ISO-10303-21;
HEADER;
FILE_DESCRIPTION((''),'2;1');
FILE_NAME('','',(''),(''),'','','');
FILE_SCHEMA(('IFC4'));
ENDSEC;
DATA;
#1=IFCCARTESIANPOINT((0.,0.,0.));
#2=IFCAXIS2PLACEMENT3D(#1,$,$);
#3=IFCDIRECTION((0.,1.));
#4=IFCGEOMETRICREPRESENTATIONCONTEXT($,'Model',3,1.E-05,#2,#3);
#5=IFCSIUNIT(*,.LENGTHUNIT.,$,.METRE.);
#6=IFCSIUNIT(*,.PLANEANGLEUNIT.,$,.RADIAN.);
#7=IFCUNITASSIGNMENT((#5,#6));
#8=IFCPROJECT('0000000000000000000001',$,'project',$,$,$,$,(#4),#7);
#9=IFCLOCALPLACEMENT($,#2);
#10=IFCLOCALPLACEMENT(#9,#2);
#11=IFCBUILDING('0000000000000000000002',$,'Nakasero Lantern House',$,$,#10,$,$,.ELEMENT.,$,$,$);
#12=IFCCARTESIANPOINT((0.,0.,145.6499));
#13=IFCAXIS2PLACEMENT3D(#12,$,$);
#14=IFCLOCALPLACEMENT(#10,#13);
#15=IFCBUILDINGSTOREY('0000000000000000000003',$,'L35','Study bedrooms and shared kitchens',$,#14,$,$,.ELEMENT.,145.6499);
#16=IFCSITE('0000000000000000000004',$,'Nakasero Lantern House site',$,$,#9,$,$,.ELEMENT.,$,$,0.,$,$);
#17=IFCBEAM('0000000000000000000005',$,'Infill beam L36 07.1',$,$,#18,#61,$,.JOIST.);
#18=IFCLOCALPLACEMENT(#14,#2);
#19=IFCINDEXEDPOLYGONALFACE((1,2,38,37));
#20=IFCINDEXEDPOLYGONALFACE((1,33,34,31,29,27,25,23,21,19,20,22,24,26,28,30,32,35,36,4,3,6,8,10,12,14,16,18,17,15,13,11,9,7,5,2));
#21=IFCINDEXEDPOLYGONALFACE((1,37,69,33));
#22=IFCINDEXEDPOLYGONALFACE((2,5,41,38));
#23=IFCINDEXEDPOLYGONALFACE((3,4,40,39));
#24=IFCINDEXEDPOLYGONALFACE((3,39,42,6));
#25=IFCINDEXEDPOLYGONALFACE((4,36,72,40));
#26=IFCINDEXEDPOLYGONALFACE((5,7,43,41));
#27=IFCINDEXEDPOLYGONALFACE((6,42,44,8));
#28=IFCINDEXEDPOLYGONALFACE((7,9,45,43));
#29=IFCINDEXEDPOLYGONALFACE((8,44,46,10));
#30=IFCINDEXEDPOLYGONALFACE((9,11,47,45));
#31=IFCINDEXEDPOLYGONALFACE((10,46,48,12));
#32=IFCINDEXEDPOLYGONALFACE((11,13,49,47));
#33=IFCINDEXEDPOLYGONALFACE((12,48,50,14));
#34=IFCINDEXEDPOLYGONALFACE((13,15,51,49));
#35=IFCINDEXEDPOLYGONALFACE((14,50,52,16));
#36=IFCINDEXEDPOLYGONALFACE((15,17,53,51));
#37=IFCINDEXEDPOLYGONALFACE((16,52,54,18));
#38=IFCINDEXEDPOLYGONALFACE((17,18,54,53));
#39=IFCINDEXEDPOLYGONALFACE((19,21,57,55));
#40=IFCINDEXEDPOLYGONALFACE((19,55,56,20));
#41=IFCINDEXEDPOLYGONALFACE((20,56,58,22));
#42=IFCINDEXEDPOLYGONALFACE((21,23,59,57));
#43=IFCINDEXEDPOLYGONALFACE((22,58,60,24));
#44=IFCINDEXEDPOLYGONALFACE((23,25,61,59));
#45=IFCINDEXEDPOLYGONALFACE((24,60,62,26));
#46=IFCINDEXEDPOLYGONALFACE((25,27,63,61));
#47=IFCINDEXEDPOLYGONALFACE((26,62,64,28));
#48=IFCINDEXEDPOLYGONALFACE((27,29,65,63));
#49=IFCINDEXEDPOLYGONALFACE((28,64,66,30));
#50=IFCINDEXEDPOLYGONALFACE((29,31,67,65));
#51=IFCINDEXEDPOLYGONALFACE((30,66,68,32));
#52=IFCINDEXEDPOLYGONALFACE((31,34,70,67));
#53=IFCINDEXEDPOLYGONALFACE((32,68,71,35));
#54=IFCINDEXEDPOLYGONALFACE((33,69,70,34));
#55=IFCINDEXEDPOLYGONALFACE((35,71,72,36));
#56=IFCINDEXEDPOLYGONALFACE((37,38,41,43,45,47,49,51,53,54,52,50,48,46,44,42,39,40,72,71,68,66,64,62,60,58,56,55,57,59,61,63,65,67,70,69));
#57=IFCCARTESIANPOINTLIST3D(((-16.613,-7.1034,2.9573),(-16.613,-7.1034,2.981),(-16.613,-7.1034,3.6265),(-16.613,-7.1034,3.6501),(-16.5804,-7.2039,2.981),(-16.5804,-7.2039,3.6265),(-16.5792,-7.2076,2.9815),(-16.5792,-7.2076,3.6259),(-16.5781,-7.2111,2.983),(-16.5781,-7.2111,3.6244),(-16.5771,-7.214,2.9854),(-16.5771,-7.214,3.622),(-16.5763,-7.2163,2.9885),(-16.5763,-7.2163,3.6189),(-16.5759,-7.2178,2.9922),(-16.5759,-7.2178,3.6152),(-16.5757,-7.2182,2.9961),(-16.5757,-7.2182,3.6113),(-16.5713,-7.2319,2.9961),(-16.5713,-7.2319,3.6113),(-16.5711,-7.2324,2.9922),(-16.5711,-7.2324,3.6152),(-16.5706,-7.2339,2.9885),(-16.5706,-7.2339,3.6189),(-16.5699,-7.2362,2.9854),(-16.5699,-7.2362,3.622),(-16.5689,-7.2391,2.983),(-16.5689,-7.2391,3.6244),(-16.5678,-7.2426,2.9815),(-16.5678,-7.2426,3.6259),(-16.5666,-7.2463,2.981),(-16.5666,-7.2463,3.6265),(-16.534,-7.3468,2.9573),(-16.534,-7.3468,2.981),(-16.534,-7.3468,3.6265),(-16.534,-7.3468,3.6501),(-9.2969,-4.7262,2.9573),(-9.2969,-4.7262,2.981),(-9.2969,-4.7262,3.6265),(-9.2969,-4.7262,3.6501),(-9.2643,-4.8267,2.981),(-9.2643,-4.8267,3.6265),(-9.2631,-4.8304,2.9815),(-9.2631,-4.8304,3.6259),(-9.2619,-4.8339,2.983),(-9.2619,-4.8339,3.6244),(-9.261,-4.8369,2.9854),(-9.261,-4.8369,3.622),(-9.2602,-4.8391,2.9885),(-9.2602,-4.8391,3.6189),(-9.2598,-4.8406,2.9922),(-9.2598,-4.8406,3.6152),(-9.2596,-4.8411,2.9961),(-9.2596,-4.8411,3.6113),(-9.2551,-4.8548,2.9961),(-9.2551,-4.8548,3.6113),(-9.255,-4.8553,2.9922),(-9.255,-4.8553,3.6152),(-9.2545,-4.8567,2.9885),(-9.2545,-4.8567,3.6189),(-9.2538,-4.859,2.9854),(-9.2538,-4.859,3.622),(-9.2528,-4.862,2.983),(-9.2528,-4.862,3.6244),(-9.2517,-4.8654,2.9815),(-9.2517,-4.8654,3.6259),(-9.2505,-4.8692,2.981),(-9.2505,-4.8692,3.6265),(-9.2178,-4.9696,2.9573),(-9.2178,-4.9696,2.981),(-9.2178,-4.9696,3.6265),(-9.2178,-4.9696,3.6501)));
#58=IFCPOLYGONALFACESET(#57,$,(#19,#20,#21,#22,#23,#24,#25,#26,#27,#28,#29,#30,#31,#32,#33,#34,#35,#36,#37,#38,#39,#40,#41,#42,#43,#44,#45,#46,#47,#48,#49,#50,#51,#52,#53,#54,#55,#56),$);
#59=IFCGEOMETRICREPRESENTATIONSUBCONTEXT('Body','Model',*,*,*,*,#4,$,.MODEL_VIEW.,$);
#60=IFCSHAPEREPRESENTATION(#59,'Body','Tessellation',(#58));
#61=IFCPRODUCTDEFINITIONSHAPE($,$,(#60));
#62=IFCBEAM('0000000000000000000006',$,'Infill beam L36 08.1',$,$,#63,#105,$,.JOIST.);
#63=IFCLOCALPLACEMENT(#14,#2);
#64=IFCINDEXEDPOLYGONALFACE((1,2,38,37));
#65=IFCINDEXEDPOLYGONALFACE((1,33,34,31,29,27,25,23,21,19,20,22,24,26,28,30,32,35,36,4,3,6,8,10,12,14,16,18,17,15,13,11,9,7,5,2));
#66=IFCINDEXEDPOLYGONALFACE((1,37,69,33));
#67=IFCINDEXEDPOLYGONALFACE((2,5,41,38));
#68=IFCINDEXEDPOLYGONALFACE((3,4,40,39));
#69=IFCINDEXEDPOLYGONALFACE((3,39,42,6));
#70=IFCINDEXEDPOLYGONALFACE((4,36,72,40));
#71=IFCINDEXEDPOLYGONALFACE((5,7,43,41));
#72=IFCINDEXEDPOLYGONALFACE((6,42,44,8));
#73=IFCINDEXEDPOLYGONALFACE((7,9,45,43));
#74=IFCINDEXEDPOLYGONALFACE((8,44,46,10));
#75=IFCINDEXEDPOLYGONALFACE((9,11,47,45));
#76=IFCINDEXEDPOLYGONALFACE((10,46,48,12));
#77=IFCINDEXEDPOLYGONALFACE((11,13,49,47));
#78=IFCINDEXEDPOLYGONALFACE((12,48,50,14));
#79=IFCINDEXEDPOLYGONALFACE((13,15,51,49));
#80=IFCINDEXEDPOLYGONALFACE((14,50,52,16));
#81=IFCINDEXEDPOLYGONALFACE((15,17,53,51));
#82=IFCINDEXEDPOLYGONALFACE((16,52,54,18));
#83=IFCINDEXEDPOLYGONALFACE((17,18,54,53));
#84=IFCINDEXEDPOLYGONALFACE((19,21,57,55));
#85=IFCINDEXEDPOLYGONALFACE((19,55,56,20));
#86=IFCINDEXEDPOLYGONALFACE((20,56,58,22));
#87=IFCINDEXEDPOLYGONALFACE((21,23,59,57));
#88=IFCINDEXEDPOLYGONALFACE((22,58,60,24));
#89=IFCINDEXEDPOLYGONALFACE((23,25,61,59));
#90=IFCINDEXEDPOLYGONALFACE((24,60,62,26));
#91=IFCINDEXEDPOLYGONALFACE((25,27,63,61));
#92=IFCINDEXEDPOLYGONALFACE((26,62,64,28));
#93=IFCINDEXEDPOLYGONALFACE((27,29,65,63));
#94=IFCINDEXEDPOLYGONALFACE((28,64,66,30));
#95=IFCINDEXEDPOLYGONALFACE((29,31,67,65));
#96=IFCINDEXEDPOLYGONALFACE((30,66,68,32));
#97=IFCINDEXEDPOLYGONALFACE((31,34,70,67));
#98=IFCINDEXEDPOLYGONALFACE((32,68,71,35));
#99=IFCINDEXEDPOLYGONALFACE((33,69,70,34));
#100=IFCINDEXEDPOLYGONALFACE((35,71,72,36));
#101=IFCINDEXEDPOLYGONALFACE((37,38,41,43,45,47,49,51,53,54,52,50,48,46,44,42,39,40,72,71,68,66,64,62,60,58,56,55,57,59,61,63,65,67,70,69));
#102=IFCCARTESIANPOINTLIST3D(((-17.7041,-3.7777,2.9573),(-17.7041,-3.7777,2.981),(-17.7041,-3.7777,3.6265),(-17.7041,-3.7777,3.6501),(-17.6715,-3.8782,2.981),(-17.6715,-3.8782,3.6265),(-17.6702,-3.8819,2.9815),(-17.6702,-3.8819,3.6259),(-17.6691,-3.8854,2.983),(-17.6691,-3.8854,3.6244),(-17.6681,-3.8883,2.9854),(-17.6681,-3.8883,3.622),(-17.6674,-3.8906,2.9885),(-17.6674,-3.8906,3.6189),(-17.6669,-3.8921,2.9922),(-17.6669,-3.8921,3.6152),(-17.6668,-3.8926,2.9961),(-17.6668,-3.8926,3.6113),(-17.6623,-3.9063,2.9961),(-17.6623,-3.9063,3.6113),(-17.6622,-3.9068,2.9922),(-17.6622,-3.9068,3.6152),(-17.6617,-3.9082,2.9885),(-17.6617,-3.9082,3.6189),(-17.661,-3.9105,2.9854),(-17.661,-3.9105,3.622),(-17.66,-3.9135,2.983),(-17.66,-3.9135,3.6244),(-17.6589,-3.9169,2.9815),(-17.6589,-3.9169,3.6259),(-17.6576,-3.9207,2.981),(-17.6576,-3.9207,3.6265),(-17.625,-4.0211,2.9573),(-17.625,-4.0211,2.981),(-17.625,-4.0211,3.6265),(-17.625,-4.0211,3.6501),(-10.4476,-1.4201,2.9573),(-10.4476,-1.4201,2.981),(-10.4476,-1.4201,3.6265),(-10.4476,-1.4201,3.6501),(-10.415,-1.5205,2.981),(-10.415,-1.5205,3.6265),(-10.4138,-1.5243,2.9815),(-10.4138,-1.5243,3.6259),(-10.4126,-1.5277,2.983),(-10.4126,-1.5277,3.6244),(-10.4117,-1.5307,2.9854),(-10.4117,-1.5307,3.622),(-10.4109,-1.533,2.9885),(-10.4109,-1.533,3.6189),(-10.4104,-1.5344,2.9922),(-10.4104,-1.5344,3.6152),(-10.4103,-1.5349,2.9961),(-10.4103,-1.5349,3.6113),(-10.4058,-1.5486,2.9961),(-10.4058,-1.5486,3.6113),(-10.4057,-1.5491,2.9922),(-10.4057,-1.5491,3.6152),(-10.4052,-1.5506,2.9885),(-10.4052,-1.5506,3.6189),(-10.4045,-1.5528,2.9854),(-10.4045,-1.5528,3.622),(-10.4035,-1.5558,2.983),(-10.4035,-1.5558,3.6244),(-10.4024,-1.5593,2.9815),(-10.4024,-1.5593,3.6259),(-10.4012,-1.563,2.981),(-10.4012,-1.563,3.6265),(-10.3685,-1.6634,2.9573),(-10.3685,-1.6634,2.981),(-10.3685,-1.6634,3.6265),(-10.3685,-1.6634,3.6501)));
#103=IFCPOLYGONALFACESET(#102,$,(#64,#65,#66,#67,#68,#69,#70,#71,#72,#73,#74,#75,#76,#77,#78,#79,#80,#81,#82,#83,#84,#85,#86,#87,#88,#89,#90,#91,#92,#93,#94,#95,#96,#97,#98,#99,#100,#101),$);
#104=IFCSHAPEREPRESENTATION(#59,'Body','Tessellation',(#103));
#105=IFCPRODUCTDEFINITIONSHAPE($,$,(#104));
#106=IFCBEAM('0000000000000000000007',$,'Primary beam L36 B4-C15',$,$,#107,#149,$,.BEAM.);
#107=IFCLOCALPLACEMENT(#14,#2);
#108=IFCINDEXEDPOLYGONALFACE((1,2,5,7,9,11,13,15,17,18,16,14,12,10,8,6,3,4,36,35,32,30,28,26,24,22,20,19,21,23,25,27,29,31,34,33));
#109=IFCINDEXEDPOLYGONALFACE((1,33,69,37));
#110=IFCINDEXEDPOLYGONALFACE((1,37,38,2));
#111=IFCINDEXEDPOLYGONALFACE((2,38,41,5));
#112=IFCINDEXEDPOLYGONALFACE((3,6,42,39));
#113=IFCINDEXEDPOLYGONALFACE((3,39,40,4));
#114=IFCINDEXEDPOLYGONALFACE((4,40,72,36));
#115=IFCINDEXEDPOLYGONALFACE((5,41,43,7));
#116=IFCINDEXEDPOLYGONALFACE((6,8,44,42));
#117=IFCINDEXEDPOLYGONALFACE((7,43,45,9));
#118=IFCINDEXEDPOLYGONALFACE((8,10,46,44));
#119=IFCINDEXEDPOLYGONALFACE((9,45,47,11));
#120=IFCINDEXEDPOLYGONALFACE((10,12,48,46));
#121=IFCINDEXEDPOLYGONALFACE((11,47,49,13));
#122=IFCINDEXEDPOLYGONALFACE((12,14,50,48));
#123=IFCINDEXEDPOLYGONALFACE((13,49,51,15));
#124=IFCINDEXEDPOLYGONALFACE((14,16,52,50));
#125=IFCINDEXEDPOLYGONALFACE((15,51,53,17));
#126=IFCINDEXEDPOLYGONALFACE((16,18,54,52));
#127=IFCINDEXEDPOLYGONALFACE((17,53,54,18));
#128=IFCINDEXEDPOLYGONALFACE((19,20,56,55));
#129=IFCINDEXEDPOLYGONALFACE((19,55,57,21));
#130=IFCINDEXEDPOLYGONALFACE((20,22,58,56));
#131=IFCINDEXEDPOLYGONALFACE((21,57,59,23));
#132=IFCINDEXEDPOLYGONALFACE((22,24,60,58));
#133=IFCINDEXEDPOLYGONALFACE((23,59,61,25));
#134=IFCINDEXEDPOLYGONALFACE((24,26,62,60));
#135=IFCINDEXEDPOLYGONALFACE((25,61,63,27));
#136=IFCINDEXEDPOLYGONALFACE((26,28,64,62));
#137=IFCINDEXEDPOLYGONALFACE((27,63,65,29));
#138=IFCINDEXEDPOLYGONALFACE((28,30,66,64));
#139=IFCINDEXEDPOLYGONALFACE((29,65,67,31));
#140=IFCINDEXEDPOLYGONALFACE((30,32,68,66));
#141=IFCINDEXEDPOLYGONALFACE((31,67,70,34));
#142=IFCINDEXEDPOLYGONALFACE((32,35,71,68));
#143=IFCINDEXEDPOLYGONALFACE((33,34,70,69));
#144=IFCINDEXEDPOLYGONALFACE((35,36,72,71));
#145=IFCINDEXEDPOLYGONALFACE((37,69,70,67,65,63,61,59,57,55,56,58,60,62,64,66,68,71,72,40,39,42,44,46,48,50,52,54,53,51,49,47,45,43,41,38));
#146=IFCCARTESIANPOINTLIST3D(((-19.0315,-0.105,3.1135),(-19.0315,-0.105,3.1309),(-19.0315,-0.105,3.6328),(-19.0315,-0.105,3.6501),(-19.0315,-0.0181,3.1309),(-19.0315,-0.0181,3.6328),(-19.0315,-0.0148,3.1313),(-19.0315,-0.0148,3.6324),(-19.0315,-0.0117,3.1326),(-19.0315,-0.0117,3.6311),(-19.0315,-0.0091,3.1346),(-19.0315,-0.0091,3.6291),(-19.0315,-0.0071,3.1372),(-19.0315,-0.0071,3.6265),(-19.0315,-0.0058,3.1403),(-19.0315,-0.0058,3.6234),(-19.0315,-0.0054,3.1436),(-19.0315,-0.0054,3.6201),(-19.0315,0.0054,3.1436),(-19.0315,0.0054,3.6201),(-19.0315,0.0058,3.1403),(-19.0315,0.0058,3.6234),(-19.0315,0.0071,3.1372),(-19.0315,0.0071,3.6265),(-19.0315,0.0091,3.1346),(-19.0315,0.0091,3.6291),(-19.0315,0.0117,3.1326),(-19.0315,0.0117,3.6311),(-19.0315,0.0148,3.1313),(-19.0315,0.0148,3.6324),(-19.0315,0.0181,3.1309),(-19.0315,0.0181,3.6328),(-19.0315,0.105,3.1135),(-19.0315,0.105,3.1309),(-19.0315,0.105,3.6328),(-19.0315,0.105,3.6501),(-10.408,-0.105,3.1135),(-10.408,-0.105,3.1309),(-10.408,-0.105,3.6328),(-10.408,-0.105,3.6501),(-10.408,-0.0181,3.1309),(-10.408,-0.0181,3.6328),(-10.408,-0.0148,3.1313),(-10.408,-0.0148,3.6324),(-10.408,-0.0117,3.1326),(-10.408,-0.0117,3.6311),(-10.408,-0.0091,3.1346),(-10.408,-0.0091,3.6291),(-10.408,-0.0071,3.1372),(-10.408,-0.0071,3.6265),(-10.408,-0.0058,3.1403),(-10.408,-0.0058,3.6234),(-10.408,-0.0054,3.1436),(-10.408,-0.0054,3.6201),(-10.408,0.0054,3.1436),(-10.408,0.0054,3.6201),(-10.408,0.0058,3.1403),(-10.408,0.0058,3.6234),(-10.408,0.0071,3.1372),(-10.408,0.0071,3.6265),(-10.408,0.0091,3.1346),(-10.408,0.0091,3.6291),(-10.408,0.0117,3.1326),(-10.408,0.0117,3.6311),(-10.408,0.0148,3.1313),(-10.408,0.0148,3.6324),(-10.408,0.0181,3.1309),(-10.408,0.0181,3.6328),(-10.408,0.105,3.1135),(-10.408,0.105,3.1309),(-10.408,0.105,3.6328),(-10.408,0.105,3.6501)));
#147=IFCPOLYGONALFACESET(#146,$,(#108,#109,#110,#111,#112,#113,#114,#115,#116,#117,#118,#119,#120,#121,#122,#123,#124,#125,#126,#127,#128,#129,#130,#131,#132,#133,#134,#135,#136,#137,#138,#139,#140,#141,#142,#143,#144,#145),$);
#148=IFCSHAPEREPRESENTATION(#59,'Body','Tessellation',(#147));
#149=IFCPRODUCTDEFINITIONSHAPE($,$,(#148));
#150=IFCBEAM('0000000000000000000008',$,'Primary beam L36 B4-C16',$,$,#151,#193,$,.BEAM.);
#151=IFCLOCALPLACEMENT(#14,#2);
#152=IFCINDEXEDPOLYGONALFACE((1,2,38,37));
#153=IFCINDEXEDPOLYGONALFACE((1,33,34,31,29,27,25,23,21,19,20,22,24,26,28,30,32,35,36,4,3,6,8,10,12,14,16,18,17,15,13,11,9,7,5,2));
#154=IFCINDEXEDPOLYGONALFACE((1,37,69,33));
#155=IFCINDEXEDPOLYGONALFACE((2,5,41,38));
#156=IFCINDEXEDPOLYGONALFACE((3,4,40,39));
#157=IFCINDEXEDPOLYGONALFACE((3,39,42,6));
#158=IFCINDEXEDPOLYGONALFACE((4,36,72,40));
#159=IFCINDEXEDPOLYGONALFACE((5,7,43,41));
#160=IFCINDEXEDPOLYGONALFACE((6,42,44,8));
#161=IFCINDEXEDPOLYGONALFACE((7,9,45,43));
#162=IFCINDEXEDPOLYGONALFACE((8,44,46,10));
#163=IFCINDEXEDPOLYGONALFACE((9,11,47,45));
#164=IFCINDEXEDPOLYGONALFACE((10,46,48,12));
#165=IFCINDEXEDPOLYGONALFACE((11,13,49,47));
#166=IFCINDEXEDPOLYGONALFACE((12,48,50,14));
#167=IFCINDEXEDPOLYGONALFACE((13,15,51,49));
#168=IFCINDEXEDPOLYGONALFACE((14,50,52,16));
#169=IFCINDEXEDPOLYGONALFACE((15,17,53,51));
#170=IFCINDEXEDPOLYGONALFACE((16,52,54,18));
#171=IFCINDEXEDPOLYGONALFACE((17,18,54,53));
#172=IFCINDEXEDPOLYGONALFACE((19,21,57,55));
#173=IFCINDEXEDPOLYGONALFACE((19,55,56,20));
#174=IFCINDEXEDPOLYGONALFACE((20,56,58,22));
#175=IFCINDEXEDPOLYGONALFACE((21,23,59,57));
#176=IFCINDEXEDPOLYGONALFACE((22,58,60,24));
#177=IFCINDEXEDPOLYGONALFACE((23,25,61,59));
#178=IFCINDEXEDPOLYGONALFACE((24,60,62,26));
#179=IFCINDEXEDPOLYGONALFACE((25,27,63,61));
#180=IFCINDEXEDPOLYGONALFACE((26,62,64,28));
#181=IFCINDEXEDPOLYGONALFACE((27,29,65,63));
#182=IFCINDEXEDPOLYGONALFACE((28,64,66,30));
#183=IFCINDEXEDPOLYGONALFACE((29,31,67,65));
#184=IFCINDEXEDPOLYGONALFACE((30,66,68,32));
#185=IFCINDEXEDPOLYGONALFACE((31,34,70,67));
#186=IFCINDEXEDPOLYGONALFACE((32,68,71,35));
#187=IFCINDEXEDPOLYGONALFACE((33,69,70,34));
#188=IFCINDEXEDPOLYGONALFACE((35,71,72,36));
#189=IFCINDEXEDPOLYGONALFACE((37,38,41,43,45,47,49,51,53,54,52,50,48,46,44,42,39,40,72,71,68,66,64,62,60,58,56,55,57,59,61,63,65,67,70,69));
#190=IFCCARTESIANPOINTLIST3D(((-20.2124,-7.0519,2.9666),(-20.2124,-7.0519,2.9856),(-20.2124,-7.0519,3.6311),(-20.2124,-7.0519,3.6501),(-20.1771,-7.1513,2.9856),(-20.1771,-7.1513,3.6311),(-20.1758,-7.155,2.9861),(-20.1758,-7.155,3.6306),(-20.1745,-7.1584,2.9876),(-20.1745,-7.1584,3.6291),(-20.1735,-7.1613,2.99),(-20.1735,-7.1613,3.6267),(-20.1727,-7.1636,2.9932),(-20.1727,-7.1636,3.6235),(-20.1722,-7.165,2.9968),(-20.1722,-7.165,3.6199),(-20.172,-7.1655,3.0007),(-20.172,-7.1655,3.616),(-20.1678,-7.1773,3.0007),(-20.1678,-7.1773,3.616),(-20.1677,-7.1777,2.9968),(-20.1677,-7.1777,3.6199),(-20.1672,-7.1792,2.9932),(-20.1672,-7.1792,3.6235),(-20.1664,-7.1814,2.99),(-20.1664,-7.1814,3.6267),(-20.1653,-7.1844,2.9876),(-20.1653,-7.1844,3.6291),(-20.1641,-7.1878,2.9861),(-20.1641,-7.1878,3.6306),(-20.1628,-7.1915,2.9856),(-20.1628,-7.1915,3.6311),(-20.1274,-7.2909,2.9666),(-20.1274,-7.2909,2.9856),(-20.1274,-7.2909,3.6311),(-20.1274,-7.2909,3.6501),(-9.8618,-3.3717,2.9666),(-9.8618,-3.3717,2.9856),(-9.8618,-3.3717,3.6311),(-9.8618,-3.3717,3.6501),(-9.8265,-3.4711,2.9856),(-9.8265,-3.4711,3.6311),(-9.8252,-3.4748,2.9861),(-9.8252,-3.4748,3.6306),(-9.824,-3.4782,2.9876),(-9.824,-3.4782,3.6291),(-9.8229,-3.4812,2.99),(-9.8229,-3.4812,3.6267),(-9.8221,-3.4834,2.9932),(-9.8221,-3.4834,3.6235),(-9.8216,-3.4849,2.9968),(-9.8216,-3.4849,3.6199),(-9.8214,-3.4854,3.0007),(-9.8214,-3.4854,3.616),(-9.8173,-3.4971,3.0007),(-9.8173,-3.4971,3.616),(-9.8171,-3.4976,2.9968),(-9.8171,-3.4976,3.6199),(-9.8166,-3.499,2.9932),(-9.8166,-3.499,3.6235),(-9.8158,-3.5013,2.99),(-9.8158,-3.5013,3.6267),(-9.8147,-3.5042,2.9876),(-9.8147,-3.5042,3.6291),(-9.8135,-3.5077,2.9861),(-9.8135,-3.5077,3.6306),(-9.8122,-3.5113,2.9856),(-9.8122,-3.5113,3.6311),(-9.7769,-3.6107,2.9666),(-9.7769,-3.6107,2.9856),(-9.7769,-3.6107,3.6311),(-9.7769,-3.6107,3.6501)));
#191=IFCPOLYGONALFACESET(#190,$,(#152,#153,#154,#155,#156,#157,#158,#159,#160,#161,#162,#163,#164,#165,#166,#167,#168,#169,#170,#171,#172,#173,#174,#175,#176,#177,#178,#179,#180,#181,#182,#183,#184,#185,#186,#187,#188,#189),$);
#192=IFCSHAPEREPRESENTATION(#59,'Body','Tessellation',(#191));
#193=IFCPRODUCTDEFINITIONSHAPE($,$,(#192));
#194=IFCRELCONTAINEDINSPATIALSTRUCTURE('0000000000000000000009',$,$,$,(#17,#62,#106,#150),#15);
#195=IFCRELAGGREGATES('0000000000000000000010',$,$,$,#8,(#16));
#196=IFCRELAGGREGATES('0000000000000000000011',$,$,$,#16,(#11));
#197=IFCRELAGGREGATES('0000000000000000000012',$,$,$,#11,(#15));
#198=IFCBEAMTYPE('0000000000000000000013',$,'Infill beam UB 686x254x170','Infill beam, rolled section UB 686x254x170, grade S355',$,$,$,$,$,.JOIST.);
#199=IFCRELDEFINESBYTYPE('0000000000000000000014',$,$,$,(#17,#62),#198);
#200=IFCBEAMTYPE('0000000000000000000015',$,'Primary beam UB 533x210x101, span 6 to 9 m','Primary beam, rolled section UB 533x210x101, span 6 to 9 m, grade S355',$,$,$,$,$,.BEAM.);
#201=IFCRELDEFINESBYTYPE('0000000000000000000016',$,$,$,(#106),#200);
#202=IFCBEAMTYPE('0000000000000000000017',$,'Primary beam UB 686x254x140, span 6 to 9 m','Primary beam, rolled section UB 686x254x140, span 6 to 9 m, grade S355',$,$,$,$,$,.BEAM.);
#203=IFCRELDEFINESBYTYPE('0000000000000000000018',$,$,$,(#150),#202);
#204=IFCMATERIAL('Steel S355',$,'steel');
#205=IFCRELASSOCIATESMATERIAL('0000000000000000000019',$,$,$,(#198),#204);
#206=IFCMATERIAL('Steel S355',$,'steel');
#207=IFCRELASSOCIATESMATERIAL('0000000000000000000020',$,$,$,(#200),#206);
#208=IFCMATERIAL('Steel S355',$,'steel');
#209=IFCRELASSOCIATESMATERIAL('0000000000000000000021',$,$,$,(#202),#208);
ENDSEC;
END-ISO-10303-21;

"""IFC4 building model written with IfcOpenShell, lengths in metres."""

from ifc_helpers import new_model, si_unit, direction, frame, origin, origin_2d, place, context, subcontext, project, spatial, i_section, extrude, material, material_profile, profile_set, type_object, element, save


model = new_model("IFC4")

# Units and contexts
model_context = context("Model", 3, precision=1e-05, world=origin(), true_north=direction((0.0, 1.0)))
body_context = subcontext(model_context, "Body", "Model", "MODEL_VIEW")
ifc_project = project(units=[si_unit("LENGTHUNIT", "METRE"), si_unit("PLANEANGLEUNIT", "RADIAN")], contexts=[model_context])

# Site, building, storey
site_placement = place(None, origin())
site = spatial("IfcSite", under=ifc_project, at=site_placement, Name="Nakasero Lantern House site", CompositionType="ELEMENT", RefElevation=0.0)
building_placement = place(site_placement, origin())
building = spatial("IfcBuilding", under=site, at=building_placement, Name="Nakasero Lantern House", CompositionType="ELEMENT")
storey_placement = place(building_placement, frame((0.0, 0.0, 145.6499)))
storey = spatial("IfcBuildingStorey", under=building, at=storey_placement, Name="L35", Description="Study bedrooms and shared kitchens", CompositionType="ELEMENT", Elevation=145.6499)

# Beams
ifc_material_1 = material(Name="Steel S355", Category="steel")
ifc_material_profile_1 = material_profile(ifc_material_1, i_section(OverallWidth=0.2559, OverallDepth=0.6929, WebThickness=0.0144, FlangeThickness=0.0237, FilletRadius=0.0151, at=origin_2d()), Name="UB 686x254x170")
ifc_profile_set_1 = profile_set([ifc_material_profile_1], Name="Steel S355")
beam_type_1 = type_object("IfcBeamType", Name="Infill beam UB 686x254x170", Description="Infill beam, rolled section UB 686x254x170, grade S355", PredefinedType="JOIST", material=ifc_profile_set_1)
beam_1_placement = place(storey_placement, frame((-16.5735, -7.2251, 3.3037), z_axis=(0.951055, 0.309021, 0.0), x_axis=(-0.309021, 0.951055, 0.0)))
element("IfcBeam", 1, at=beam_1_placement, inside=storey, type_object=beam_type_1, Name="Infill beam L36 07.1", PredefinedType="JOIST", context=body_context, shape_type="SweptSolid", body=[
    extrude(i_section(OverallWidth=0.2559, OverallDepth=0.6929, WebThickness=0.0144, FlangeThickness=0.0237, FilletRadius=0.0151, at=origin_2d()), origin(), (0.0, 0.0, 1.0), 7.6926),
])
beam_2_placement = place(storey_placement, frame((-17.6646, -3.8994, 3.3037), z_axis=(0.951062, 0.309, 0.0), x_axis=(-0.309, 0.951062, 0.0)))
element("IfcBeam", 2, at=beam_2_placement, inside=storey, type_object=beam_type_1, Name="Infill beam L36 08.1", PredefinedType="JOIST", context=body_context, shape_type="SweptSolid", body=[
    extrude(i_section(OverallWidth=0.2559, OverallDepth=0.6929, WebThickness=0.0144, FlangeThickness=0.0237, FilletRadius=0.0151, at=origin_2d()), origin(), (0.0, 0.0, 1.0), 7.6299),
])
ifc_material_2 = material(Name="Steel S355", Category="steel")
ifc_material_profile_2 = material_profile(ifc_material_2, i_section(OverallWidth=0.21, OverallDepth=0.5366, WebThickness=0.0107, FlangeThickness=0.0173, FilletRadius=0.0127, at=origin_2d()), Name="UB 533x210x101")
ifc_profile_set_2 = profile_set([ifc_material_profile_2], Name="Steel S355")
beam_type_2 = type_object("IfcBeamType", Name="Primary beam UB 533x210x101, span 6 to 9 m", Description="Primary beam, rolled section UB 533x210x101, span 6 to 9 m, grade S355", PredefinedType="BEAM", material=ifc_profile_set_2)
beam_3_placement = place(storey_placement, frame((-19.0315, 0.0, 3.3818), z_axis=(1.0, 0.0, 0.0), x_axis=(0.0, 1.0, 0.0)))
element("IfcBeam", 3, at=beam_3_placement, inside=storey, type_object=beam_type_2, Name="Primary beam L36 B4-C15", PredefinedType="BEAM", context=body_context, shape_type="SweptSolid", body=[
    extrude(i_section(OverallWidth=0.21, OverallDepth=0.5366, WebThickness=0.0107, FlangeThickness=0.0173, FilletRadius=0.0127, at=origin_2d()), origin(), (0.0, 0.0, 1.0), 8.6235),
])
ifc_material_3 = material(Name="Steel S355", Category="steel")
ifc_material_profile_3 = material_profile(ifc_material_3, i_section(OverallWidth=0.2537, OverallDepth=0.6836, WebThickness=0.0125, FlangeThickness=0.019, FilletRadius=0.0151, at=origin_2d()), Name="UB 686x254x140")
ifc_profile_set_3 = profile_set([ifc_material_profile_3], Name="Steel S355")
beam_type_3 = type_object("IfcBeamType", Name="Primary beam UB 686x254x140, span 6 to 9 m", Description="Primary beam, rolled section UB 686x254x140, span 6 to 9 m, grade S355", PredefinedType="BEAM", material=ifc_profile_set_3)
beam_4_placement = place(storey_placement, frame((-20.1699, -7.1714, 3.3083), z_axis=(0.942216, 0.335007, 0.0), x_axis=(-0.335007, 0.942216, 0.0)))
element("IfcBeam", 4, at=beam_4_placement, inside=storey, type_object=beam_type_3, Name="Primary beam L36 B4-C16", PredefinedType="BEAM", context=body_context, shape_type="SweptSolid", body=[
    extrude(i_section(OverallWidth=0.2537, OverallDepth=0.6836, WebThickness=0.0125, FlangeThickness=0.019, FilletRadius=0.0151, at=origin_2d()), origin(), (0.0, 0.0, 1.0), 10.9854),
])

save(model, "model.ifc")
